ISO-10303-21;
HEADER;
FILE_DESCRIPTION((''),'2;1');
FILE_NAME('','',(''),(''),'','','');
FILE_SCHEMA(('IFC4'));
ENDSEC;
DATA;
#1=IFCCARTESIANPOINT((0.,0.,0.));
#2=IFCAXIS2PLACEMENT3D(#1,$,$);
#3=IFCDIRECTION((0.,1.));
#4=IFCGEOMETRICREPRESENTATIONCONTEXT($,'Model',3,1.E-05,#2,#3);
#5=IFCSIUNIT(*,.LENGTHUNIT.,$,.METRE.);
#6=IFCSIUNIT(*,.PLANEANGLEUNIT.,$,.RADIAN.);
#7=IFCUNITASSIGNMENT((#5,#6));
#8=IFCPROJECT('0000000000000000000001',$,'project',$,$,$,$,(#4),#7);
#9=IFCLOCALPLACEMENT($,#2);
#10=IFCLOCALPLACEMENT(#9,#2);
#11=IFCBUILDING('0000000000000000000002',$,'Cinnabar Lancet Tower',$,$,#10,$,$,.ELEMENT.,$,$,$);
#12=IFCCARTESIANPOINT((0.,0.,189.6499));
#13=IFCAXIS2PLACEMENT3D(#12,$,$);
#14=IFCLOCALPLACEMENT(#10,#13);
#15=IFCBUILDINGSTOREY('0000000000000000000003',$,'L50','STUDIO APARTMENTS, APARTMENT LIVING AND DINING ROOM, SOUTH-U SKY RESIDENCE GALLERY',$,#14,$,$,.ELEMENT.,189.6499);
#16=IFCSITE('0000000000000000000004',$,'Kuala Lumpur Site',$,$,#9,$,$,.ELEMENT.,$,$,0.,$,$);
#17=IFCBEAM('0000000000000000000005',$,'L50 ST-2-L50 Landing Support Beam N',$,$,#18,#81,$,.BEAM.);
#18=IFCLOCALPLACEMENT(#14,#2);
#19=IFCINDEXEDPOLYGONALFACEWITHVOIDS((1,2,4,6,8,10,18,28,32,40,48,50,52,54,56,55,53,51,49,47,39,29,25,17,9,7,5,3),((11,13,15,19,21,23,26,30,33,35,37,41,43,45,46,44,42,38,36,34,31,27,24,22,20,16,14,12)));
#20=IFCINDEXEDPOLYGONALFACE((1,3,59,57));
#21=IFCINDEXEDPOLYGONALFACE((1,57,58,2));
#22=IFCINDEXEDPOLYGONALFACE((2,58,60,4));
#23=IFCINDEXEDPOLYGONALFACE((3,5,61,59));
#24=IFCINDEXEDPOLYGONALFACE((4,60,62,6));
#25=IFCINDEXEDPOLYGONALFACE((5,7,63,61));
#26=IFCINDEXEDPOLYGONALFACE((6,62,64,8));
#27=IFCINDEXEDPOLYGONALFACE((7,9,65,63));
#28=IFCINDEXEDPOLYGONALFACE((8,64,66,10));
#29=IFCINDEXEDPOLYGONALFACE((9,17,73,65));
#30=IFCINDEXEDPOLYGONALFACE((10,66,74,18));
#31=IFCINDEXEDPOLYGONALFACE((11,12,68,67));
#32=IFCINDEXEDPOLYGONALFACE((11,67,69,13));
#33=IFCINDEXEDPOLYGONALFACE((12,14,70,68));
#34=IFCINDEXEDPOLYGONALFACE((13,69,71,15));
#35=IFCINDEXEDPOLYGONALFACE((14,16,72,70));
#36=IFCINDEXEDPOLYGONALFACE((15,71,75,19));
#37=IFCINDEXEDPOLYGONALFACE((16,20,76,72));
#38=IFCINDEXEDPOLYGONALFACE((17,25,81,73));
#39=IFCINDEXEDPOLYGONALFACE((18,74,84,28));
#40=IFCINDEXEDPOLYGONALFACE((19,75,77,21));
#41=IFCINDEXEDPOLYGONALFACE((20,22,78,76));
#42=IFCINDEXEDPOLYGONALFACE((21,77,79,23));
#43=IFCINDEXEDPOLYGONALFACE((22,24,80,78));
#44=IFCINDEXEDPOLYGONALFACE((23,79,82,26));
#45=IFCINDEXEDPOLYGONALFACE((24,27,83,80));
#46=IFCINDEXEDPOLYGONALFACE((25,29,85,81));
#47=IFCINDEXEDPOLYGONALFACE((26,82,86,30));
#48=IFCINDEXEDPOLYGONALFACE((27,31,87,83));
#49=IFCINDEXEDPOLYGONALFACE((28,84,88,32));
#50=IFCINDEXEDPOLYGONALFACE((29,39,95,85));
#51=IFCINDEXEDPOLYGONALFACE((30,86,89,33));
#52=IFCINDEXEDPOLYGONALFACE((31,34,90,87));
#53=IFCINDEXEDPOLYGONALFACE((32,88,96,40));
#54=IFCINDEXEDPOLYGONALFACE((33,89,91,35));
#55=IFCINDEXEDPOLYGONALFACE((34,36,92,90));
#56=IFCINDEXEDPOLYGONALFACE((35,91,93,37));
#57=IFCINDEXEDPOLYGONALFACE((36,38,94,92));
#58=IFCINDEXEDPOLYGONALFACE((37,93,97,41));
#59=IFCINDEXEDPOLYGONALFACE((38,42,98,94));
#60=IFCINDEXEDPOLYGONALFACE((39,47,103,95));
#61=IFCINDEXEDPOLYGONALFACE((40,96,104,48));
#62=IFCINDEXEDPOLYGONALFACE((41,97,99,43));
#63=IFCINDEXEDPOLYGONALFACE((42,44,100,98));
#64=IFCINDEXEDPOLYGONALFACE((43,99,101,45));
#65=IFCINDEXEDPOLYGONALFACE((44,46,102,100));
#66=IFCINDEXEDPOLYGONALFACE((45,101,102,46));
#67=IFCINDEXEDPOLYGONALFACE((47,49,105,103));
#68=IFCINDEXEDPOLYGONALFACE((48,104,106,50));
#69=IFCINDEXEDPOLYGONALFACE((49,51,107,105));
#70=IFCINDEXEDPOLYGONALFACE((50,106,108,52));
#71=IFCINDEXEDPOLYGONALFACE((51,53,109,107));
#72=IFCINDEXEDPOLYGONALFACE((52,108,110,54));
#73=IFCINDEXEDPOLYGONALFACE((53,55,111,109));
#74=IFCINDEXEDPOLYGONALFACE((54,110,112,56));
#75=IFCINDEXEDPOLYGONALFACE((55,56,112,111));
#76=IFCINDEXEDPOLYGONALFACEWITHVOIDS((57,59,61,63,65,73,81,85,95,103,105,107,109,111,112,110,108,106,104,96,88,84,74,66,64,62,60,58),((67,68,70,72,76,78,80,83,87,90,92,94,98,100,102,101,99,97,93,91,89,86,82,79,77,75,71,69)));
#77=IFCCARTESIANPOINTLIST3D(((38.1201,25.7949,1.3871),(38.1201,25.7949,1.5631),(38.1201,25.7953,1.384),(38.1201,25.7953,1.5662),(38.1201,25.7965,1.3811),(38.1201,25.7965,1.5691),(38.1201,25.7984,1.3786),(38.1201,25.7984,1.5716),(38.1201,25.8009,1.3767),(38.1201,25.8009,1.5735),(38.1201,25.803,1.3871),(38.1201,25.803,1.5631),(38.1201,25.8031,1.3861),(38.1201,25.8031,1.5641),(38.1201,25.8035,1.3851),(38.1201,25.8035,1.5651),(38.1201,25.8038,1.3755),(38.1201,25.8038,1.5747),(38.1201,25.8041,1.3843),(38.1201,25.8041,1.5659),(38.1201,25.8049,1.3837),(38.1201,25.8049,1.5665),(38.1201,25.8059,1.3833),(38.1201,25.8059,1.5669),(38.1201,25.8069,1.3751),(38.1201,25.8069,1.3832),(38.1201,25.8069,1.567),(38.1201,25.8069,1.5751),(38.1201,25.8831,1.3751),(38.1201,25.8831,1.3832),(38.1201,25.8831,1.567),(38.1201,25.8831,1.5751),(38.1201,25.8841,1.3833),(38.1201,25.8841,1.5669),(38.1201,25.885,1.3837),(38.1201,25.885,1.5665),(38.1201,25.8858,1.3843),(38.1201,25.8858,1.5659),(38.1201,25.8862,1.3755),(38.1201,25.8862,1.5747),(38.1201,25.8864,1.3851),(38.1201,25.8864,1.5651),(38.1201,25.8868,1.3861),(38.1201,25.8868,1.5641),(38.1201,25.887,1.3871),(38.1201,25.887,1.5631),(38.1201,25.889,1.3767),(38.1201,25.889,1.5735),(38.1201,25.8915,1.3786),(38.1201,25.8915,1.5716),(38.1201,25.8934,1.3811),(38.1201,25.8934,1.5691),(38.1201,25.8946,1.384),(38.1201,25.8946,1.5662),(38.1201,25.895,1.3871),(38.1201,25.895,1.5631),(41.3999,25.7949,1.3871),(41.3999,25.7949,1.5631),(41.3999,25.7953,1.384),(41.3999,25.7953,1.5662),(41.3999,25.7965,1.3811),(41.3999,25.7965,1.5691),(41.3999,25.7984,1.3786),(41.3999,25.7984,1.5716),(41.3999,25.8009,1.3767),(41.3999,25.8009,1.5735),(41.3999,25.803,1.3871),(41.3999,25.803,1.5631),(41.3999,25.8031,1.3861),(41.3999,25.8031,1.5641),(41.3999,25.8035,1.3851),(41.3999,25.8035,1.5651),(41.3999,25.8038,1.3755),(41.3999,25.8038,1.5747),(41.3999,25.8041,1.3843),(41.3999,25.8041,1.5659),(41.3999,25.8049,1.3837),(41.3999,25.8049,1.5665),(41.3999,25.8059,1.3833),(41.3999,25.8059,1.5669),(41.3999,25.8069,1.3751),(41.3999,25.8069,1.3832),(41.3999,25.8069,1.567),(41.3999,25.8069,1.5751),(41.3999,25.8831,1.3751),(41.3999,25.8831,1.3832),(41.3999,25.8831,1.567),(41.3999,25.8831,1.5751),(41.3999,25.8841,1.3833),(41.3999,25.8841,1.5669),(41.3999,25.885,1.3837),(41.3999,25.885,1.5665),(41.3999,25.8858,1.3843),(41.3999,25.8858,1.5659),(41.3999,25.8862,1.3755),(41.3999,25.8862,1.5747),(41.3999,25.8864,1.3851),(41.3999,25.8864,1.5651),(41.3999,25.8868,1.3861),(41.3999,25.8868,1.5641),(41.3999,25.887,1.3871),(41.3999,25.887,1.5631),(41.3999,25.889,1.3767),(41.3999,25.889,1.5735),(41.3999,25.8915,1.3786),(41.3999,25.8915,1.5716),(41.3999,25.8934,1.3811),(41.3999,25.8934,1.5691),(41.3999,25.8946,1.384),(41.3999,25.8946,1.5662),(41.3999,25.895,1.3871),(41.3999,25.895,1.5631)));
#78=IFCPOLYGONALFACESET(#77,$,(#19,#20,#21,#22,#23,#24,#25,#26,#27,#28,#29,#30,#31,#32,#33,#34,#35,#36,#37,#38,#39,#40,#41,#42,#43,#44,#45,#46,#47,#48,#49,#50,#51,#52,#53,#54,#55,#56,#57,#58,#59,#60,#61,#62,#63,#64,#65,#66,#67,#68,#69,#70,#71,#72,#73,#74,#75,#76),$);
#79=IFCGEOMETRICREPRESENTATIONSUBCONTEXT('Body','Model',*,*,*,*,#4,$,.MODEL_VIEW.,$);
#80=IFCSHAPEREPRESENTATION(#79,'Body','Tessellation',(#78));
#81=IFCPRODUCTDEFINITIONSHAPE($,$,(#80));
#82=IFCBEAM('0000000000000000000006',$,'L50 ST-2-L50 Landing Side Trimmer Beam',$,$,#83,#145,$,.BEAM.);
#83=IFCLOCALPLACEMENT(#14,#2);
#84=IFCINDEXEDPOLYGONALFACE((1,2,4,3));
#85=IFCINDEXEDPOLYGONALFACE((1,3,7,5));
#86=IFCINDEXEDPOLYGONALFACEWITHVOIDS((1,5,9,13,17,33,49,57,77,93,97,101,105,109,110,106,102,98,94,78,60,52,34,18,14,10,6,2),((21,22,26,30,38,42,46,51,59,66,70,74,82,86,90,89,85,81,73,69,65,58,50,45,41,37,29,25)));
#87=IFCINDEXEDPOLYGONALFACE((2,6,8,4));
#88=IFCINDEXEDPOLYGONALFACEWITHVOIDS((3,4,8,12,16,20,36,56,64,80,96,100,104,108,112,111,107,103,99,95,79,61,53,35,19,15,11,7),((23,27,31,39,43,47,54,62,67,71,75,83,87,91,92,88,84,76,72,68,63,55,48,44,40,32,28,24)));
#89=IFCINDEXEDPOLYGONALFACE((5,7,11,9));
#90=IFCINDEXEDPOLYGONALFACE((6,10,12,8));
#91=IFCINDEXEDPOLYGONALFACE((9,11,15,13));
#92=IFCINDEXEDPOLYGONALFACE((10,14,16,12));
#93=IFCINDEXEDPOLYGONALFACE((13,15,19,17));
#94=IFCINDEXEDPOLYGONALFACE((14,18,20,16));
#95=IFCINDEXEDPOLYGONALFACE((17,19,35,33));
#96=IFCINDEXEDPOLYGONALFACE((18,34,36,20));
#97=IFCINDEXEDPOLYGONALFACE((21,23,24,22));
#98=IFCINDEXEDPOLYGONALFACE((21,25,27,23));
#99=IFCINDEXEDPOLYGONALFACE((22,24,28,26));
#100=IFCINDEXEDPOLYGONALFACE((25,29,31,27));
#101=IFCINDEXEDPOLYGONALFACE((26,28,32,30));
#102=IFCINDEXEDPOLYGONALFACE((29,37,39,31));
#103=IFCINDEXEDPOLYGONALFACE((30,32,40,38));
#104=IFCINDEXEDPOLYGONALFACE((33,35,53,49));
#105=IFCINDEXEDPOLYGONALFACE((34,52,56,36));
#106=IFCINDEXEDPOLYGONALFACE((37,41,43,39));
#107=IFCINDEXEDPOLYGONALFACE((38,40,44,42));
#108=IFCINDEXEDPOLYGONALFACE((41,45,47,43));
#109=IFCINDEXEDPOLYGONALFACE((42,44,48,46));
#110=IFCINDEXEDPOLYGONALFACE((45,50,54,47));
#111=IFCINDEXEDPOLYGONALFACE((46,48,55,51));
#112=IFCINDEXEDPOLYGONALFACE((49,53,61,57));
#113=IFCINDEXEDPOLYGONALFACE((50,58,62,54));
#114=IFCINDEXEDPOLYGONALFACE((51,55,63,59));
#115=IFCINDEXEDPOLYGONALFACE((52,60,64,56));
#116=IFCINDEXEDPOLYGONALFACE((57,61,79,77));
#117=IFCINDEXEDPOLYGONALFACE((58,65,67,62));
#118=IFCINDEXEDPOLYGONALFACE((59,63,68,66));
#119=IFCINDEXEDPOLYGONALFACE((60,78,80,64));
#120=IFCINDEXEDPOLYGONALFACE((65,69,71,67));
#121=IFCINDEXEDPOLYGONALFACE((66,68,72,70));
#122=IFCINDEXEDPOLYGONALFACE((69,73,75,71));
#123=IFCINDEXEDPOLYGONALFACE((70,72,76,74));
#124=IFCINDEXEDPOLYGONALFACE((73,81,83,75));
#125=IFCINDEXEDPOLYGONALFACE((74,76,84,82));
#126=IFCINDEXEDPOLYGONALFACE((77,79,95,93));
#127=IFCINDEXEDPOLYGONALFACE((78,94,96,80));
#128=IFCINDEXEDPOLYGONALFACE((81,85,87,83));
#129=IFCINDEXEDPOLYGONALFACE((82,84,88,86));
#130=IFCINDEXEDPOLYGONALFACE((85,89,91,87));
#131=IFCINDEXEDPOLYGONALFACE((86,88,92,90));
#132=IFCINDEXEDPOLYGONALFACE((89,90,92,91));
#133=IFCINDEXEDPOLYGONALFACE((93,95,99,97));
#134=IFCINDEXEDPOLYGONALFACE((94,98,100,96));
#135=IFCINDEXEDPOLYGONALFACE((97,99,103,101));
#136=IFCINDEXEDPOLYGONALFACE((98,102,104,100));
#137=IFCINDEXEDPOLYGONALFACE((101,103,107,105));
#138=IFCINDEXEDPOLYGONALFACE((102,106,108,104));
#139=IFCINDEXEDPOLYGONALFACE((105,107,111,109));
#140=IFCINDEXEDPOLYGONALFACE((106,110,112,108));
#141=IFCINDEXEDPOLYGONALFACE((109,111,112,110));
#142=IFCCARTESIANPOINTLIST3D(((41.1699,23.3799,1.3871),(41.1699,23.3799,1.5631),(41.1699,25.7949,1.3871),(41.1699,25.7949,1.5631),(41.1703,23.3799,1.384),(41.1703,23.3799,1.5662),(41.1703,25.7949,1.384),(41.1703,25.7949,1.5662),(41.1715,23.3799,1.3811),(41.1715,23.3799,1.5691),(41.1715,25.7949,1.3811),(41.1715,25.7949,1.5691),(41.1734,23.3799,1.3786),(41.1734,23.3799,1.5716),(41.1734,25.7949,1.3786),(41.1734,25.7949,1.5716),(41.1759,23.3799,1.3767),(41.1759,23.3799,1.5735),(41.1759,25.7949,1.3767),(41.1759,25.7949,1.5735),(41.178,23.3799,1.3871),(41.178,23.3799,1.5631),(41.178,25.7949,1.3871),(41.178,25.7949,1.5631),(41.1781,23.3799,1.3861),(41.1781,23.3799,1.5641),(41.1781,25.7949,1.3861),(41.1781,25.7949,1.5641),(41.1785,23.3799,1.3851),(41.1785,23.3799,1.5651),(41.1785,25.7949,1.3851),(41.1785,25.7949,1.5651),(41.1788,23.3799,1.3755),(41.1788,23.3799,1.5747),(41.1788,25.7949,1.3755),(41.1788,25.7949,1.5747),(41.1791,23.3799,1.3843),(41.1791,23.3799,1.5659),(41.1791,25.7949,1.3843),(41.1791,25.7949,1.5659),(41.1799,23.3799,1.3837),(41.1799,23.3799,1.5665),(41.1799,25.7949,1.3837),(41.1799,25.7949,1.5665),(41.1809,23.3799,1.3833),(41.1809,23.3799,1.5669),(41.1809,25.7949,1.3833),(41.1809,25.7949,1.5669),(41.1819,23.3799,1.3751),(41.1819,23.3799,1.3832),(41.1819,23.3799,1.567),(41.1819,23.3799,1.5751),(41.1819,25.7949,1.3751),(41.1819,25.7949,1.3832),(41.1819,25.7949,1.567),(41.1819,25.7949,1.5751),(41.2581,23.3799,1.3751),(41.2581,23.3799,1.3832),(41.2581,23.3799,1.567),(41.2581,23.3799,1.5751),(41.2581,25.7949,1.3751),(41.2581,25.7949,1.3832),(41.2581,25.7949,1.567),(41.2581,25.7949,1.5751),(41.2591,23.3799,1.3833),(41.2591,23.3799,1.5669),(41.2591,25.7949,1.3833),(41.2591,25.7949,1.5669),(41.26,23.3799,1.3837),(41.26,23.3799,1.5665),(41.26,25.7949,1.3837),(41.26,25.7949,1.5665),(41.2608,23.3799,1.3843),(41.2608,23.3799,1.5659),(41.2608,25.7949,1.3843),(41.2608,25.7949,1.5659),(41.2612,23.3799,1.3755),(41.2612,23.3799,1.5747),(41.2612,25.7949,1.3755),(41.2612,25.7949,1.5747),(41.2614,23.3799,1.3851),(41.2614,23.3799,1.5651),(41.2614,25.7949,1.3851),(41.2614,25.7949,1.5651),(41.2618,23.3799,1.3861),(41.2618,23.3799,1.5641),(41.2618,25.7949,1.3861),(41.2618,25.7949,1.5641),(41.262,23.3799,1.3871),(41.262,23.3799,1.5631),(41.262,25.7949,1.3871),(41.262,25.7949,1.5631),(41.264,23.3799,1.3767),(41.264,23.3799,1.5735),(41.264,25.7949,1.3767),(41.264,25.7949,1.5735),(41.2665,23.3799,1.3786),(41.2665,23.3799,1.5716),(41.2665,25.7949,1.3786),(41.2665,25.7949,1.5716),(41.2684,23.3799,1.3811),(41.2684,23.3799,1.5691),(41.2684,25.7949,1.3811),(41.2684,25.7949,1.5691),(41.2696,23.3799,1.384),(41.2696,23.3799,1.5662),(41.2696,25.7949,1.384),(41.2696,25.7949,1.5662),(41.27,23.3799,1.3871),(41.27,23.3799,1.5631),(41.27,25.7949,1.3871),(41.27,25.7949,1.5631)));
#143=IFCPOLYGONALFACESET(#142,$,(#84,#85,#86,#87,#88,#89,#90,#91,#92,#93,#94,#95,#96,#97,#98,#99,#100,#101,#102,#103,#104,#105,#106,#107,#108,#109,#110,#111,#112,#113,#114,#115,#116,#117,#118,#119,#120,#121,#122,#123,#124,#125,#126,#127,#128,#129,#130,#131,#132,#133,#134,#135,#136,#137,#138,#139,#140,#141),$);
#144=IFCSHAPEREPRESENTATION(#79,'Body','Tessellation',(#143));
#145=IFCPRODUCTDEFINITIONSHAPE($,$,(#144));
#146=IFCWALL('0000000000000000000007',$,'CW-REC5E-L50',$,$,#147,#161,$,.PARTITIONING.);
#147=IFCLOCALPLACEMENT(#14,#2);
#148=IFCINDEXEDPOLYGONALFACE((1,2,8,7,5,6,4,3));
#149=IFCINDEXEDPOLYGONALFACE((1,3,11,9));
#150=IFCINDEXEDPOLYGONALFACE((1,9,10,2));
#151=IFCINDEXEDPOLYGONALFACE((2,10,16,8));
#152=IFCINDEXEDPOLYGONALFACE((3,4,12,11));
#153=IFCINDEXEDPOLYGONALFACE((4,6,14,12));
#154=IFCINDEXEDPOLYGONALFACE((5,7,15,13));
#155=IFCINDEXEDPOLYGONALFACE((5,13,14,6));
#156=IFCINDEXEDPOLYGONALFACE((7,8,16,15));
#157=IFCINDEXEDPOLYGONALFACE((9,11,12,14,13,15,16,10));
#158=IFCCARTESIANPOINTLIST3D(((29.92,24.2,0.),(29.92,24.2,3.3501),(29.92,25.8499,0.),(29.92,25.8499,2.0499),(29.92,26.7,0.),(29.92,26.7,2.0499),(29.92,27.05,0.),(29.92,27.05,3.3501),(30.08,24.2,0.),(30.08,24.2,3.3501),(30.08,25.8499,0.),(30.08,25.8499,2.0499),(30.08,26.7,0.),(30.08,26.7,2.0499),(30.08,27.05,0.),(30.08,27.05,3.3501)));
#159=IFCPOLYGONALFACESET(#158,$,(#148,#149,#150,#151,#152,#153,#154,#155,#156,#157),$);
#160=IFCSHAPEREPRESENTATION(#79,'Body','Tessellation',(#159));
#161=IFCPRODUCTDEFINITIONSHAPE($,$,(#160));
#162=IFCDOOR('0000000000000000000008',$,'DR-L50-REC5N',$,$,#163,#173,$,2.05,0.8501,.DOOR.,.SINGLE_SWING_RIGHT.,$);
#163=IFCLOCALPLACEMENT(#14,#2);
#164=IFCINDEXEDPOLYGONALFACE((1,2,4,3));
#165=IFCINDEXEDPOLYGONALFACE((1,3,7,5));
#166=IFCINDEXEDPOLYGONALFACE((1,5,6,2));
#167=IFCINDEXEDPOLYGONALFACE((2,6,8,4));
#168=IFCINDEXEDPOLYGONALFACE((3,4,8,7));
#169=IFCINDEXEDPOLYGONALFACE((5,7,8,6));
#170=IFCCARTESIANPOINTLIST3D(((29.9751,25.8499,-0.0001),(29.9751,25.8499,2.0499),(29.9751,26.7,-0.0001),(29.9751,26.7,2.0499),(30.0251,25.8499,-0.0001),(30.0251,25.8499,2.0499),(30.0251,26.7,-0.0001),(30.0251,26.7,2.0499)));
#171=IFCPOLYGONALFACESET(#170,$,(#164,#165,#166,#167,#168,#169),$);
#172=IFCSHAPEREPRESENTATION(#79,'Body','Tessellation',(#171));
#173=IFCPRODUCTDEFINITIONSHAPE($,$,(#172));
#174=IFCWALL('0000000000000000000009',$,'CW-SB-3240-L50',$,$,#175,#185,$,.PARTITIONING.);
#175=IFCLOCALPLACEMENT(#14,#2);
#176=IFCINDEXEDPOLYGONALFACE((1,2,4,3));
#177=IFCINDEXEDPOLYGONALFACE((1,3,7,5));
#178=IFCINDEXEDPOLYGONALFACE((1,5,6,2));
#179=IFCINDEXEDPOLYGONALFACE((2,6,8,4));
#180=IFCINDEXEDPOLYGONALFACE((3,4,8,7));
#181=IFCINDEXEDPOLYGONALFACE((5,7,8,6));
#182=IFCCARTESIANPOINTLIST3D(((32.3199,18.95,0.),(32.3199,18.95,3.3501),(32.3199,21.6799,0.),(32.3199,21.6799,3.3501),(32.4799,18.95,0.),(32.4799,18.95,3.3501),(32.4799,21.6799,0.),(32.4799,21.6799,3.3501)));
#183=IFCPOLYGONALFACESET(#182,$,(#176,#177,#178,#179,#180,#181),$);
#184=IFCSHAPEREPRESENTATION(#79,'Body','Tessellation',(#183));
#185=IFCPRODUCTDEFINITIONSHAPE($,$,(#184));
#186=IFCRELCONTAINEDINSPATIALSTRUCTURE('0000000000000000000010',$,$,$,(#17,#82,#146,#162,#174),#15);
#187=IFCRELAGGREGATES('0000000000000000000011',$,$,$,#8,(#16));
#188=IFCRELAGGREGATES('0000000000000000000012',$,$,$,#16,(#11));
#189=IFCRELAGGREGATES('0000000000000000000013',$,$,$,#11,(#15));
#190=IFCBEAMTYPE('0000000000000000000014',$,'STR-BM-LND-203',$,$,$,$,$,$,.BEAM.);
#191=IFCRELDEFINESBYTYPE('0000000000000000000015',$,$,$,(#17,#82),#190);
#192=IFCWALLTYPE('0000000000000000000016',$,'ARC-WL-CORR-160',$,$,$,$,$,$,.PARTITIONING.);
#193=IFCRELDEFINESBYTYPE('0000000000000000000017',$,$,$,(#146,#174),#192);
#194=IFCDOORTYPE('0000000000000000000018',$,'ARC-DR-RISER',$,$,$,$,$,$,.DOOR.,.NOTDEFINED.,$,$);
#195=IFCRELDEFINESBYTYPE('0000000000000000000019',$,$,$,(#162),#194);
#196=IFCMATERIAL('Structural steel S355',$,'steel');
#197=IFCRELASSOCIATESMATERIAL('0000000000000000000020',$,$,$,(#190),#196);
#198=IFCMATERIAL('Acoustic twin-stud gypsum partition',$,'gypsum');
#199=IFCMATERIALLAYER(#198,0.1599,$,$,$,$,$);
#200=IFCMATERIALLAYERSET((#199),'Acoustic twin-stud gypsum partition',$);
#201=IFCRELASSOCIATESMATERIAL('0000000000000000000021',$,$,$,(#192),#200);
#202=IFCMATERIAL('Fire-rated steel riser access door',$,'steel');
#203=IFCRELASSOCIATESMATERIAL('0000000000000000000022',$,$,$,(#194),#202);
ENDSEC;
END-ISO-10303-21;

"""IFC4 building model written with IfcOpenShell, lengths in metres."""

from ifc_helpers import new_model, si_unit, direction, frame, frame_2d, origin, origin_2d, place, context, subcontext, project, spatial, rectangle, hollow_rectangle, extrude, material, layer, layer_set, material_profile, profile_set, type_object, element, fill, save


model = new_model("IFC4")

# Units and contexts
model_context = context("Model", 3, precision=1e-05, world=origin(), true_north=direction((0.0, 1.0)))
body_context = subcontext(model_context, "Body", "Model", "MODEL_VIEW")
ifc_project = project(units=[si_unit("LENGTHUNIT", "METRE"), si_unit("PLANEANGLEUNIT", "RADIAN")], contexts=[model_context])

# Site, building, storey
site_placement = place(None, origin())
site = spatial("IfcSite", under=ifc_project, at=site_placement, Name="Kuala Lumpur Site", CompositionType="ELEMENT", RefElevation=0.0)
building_placement = place(site_placement, origin())
building = spatial("IfcBuilding", under=site, at=building_placement, Name="Cinnabar Lancet Tower", CompositionType="ELEMENT")
storey_placement = place(building_placement, frame((0.0, 0.0, 189.6499)))
storey = spatial("IfcBuildingStorey", under=building, at=storey_placement, Name="L50", Description="STUDIO APARTMENTS, APARTMENT LIVING AND DINING ROOM, SOUTH-U SKY RESIDENCE GALLERY", CompositionType="ELEMENT", Elevation=189.6499)

# Beams
ifc_material_1 = material(Name="Structural steel S355", Category="steel")
ifc_material_profile_1 = material_profile(ifc_material_1, hollow_rectangle(XDim=0.1001, YDim=0.2, WallThickness=0.0081, InnerFilletRadius=0.0039, OuterFilletRadius=0.012, at=origin_2d()), Name="RHS 200x100x8")
ifc_profile_set_1 = profile_set([ifc_material_profile_1], Name="Structural steel S355")
beam_type_1 = type_object("IfcBeamType", Name="STR-BM-LND-203", PredefinedType="BEAM", material=ifc_profile_set_1)
for number, where, z_axis, x_axis, name in (
    (1, (38.1201, 25.845, 1.4751), (1.0, 0.0, 0.0), (0.0, 1.0, 0.0), "L50 ST-2-L50 Landing Support Beam N"),
):
    element("IfcBeam", number, at=place(storey_placement, frame(where, z_axis=z_axis, x_axis=x_axis)), inside=storey, type_object=beam_type_1, Name=name, PredefinedType="BEAM", context=body_context, shape_type="SweptSolid", body=[
        extrude(hollow_rectangle(XDim=0.1001, YDim=0.2, WallThickness=0.0081, InnerFilletRadius=0.0039, OuterFilletRadius=0.012, at=origin_2d()), origin(), (0.0, 0.0, 1.0), 3.2798),
    ])
beam_1_placement = place(storey_placement, frame((41.22, 23.3799, 1.4751), z_axis=(0.0, 1.0, 0.0), x_axis=(-1.0, 0.0, 0.0)))
element("IfcBeam", 2, at=beam_1_placement, inside=storey, type_object=beam_type_1, Name="L50 ST-2-L50 Landing Side Trimmer Beam", PredefinedType="BEAM", context=body_context, shape_type="SweptSolid", body=[
    extrude(hollow_rectangle(XDim=0.1001, YDim=0.2, WallThickness=0.0081, InnerFilletRadius=0.0039, OuterFilletRadius=0.012, at=origin_2d()), origin(), (0.0, 0.0, 1.0), 2.415),
])

# Wall, opening, door
ifc_material_2 = material(Name="Acoustic twin-stud gypsum partition", Category="gypsum")
ifc_layer_1 = layer(ifc_material_2, 0.1599)
ifc_layer_set_1 = layer_set([ifc_layer_1], Name="Acoustic twin-stud gypsum partition")
wall_type_1 = type_object("IfcWallType", Name="ARC-WL-CORR-160", PredefinedType="PARTITIONING", material=ifc_layer_set_1)
wall_1_placement = place(storey_placement, frame((30.0, 24.2, 0.0), z_axis=(0.0, 0.0, 1.0), x_axis=(0.0, 1.0, 0.0)))
wall_1 = element("IfcWall", 3, at=wall_1_placement, inside=storey, type_object=wall_type_1, Name="CW-REC5E-L50", PredefinedType="PARTITIONING", context=body_context, shape_type="SweptSolid", body=[
    extrude(rectangle(XDim=2.8501, YDim=0.1599, at=frame_2d((1.425, 0.0))), origin(), (0.0, 0.0, 1.0), 3.3501),
])
opening_1_placement = place(wall_1_placement, frame((1.6499, 0.0, 0.0)))
opening_1 = element("IfcOpeningElement", 4, at=opening_1_placement, cuts=wall_1, PredefinedType="OPENING", context=body_context, shape_type="SweptSolid", body=[
    extrude(rectangle(XDim=0.8501, YDim=2.05, at=frame_2d((0.425, 1.0249))), frame((0.0, 0.0898, 0.0), z_axis=(0.0, -1.0, 0.0), x_axis=(1.0, 0.0, 0.0)), (0.0, 0.0, 1.0), 0.1799),
])
ifc_material_3 = material(Name="Fire-rated steel riser access door", Category="steel")
door_type_1 = type_object("IfcDoorType", Name="ARC-DR-RISER", OperationType="NOTDEFINED", PredefinedType="DOOR", material=ifc_material_3)
door_1_placement = place(opening_1_placement, origin())
door_1 = element("IfcDoor", 5, at=door_1_placement, inside=storey, type_object=door_type_1, Name="DR-L50-REC5N", OperationType="SINGLE_SWING_RIGHT", OverallHeight=2.05, OverallWidth=0.8501, PredefinedType="DOOR", context=body_context, shape_type="SweptSolid", body=[
    extrude(rectangle(XDim=0.8501, YDim=2.05, at=frame_2d((0.425, 1.0249))), frame((0.0, 0.0249, 0.0), z_axis=(0.0, -1.0, 0.0), x_axis=(1.0, 0.0, 0.0)), (0.0, 0.0, 1.0), 0.05),
])
fill(opening_1, door_1)

# Wall
for number, where, z_axis, x_axis, name in (
    (6, (32.3999, 18.95, 0.0), (0.0, 0.0, 1.0), (0.0, 1.0, 0.0), "CW-SB-3240-L50"),
):
    element("IfcWall", number, at=place(storey_placement, frame(where, z_axis=z_axis, x_axis=x_axis)), inside=storey, type_object=wall_type_1, Name=name, PredefinedType="PARTITIONING", context=body_context, shape_type="SweptSolid", body=[
        extrude(rectangle(XDim=2.73, YDim=0.1599, at=frame_2d((1.365, 0.0))), origin(), (0.0, 0.0, 1.0), 3.3501),
    ])

save(model, "model.ifc")
